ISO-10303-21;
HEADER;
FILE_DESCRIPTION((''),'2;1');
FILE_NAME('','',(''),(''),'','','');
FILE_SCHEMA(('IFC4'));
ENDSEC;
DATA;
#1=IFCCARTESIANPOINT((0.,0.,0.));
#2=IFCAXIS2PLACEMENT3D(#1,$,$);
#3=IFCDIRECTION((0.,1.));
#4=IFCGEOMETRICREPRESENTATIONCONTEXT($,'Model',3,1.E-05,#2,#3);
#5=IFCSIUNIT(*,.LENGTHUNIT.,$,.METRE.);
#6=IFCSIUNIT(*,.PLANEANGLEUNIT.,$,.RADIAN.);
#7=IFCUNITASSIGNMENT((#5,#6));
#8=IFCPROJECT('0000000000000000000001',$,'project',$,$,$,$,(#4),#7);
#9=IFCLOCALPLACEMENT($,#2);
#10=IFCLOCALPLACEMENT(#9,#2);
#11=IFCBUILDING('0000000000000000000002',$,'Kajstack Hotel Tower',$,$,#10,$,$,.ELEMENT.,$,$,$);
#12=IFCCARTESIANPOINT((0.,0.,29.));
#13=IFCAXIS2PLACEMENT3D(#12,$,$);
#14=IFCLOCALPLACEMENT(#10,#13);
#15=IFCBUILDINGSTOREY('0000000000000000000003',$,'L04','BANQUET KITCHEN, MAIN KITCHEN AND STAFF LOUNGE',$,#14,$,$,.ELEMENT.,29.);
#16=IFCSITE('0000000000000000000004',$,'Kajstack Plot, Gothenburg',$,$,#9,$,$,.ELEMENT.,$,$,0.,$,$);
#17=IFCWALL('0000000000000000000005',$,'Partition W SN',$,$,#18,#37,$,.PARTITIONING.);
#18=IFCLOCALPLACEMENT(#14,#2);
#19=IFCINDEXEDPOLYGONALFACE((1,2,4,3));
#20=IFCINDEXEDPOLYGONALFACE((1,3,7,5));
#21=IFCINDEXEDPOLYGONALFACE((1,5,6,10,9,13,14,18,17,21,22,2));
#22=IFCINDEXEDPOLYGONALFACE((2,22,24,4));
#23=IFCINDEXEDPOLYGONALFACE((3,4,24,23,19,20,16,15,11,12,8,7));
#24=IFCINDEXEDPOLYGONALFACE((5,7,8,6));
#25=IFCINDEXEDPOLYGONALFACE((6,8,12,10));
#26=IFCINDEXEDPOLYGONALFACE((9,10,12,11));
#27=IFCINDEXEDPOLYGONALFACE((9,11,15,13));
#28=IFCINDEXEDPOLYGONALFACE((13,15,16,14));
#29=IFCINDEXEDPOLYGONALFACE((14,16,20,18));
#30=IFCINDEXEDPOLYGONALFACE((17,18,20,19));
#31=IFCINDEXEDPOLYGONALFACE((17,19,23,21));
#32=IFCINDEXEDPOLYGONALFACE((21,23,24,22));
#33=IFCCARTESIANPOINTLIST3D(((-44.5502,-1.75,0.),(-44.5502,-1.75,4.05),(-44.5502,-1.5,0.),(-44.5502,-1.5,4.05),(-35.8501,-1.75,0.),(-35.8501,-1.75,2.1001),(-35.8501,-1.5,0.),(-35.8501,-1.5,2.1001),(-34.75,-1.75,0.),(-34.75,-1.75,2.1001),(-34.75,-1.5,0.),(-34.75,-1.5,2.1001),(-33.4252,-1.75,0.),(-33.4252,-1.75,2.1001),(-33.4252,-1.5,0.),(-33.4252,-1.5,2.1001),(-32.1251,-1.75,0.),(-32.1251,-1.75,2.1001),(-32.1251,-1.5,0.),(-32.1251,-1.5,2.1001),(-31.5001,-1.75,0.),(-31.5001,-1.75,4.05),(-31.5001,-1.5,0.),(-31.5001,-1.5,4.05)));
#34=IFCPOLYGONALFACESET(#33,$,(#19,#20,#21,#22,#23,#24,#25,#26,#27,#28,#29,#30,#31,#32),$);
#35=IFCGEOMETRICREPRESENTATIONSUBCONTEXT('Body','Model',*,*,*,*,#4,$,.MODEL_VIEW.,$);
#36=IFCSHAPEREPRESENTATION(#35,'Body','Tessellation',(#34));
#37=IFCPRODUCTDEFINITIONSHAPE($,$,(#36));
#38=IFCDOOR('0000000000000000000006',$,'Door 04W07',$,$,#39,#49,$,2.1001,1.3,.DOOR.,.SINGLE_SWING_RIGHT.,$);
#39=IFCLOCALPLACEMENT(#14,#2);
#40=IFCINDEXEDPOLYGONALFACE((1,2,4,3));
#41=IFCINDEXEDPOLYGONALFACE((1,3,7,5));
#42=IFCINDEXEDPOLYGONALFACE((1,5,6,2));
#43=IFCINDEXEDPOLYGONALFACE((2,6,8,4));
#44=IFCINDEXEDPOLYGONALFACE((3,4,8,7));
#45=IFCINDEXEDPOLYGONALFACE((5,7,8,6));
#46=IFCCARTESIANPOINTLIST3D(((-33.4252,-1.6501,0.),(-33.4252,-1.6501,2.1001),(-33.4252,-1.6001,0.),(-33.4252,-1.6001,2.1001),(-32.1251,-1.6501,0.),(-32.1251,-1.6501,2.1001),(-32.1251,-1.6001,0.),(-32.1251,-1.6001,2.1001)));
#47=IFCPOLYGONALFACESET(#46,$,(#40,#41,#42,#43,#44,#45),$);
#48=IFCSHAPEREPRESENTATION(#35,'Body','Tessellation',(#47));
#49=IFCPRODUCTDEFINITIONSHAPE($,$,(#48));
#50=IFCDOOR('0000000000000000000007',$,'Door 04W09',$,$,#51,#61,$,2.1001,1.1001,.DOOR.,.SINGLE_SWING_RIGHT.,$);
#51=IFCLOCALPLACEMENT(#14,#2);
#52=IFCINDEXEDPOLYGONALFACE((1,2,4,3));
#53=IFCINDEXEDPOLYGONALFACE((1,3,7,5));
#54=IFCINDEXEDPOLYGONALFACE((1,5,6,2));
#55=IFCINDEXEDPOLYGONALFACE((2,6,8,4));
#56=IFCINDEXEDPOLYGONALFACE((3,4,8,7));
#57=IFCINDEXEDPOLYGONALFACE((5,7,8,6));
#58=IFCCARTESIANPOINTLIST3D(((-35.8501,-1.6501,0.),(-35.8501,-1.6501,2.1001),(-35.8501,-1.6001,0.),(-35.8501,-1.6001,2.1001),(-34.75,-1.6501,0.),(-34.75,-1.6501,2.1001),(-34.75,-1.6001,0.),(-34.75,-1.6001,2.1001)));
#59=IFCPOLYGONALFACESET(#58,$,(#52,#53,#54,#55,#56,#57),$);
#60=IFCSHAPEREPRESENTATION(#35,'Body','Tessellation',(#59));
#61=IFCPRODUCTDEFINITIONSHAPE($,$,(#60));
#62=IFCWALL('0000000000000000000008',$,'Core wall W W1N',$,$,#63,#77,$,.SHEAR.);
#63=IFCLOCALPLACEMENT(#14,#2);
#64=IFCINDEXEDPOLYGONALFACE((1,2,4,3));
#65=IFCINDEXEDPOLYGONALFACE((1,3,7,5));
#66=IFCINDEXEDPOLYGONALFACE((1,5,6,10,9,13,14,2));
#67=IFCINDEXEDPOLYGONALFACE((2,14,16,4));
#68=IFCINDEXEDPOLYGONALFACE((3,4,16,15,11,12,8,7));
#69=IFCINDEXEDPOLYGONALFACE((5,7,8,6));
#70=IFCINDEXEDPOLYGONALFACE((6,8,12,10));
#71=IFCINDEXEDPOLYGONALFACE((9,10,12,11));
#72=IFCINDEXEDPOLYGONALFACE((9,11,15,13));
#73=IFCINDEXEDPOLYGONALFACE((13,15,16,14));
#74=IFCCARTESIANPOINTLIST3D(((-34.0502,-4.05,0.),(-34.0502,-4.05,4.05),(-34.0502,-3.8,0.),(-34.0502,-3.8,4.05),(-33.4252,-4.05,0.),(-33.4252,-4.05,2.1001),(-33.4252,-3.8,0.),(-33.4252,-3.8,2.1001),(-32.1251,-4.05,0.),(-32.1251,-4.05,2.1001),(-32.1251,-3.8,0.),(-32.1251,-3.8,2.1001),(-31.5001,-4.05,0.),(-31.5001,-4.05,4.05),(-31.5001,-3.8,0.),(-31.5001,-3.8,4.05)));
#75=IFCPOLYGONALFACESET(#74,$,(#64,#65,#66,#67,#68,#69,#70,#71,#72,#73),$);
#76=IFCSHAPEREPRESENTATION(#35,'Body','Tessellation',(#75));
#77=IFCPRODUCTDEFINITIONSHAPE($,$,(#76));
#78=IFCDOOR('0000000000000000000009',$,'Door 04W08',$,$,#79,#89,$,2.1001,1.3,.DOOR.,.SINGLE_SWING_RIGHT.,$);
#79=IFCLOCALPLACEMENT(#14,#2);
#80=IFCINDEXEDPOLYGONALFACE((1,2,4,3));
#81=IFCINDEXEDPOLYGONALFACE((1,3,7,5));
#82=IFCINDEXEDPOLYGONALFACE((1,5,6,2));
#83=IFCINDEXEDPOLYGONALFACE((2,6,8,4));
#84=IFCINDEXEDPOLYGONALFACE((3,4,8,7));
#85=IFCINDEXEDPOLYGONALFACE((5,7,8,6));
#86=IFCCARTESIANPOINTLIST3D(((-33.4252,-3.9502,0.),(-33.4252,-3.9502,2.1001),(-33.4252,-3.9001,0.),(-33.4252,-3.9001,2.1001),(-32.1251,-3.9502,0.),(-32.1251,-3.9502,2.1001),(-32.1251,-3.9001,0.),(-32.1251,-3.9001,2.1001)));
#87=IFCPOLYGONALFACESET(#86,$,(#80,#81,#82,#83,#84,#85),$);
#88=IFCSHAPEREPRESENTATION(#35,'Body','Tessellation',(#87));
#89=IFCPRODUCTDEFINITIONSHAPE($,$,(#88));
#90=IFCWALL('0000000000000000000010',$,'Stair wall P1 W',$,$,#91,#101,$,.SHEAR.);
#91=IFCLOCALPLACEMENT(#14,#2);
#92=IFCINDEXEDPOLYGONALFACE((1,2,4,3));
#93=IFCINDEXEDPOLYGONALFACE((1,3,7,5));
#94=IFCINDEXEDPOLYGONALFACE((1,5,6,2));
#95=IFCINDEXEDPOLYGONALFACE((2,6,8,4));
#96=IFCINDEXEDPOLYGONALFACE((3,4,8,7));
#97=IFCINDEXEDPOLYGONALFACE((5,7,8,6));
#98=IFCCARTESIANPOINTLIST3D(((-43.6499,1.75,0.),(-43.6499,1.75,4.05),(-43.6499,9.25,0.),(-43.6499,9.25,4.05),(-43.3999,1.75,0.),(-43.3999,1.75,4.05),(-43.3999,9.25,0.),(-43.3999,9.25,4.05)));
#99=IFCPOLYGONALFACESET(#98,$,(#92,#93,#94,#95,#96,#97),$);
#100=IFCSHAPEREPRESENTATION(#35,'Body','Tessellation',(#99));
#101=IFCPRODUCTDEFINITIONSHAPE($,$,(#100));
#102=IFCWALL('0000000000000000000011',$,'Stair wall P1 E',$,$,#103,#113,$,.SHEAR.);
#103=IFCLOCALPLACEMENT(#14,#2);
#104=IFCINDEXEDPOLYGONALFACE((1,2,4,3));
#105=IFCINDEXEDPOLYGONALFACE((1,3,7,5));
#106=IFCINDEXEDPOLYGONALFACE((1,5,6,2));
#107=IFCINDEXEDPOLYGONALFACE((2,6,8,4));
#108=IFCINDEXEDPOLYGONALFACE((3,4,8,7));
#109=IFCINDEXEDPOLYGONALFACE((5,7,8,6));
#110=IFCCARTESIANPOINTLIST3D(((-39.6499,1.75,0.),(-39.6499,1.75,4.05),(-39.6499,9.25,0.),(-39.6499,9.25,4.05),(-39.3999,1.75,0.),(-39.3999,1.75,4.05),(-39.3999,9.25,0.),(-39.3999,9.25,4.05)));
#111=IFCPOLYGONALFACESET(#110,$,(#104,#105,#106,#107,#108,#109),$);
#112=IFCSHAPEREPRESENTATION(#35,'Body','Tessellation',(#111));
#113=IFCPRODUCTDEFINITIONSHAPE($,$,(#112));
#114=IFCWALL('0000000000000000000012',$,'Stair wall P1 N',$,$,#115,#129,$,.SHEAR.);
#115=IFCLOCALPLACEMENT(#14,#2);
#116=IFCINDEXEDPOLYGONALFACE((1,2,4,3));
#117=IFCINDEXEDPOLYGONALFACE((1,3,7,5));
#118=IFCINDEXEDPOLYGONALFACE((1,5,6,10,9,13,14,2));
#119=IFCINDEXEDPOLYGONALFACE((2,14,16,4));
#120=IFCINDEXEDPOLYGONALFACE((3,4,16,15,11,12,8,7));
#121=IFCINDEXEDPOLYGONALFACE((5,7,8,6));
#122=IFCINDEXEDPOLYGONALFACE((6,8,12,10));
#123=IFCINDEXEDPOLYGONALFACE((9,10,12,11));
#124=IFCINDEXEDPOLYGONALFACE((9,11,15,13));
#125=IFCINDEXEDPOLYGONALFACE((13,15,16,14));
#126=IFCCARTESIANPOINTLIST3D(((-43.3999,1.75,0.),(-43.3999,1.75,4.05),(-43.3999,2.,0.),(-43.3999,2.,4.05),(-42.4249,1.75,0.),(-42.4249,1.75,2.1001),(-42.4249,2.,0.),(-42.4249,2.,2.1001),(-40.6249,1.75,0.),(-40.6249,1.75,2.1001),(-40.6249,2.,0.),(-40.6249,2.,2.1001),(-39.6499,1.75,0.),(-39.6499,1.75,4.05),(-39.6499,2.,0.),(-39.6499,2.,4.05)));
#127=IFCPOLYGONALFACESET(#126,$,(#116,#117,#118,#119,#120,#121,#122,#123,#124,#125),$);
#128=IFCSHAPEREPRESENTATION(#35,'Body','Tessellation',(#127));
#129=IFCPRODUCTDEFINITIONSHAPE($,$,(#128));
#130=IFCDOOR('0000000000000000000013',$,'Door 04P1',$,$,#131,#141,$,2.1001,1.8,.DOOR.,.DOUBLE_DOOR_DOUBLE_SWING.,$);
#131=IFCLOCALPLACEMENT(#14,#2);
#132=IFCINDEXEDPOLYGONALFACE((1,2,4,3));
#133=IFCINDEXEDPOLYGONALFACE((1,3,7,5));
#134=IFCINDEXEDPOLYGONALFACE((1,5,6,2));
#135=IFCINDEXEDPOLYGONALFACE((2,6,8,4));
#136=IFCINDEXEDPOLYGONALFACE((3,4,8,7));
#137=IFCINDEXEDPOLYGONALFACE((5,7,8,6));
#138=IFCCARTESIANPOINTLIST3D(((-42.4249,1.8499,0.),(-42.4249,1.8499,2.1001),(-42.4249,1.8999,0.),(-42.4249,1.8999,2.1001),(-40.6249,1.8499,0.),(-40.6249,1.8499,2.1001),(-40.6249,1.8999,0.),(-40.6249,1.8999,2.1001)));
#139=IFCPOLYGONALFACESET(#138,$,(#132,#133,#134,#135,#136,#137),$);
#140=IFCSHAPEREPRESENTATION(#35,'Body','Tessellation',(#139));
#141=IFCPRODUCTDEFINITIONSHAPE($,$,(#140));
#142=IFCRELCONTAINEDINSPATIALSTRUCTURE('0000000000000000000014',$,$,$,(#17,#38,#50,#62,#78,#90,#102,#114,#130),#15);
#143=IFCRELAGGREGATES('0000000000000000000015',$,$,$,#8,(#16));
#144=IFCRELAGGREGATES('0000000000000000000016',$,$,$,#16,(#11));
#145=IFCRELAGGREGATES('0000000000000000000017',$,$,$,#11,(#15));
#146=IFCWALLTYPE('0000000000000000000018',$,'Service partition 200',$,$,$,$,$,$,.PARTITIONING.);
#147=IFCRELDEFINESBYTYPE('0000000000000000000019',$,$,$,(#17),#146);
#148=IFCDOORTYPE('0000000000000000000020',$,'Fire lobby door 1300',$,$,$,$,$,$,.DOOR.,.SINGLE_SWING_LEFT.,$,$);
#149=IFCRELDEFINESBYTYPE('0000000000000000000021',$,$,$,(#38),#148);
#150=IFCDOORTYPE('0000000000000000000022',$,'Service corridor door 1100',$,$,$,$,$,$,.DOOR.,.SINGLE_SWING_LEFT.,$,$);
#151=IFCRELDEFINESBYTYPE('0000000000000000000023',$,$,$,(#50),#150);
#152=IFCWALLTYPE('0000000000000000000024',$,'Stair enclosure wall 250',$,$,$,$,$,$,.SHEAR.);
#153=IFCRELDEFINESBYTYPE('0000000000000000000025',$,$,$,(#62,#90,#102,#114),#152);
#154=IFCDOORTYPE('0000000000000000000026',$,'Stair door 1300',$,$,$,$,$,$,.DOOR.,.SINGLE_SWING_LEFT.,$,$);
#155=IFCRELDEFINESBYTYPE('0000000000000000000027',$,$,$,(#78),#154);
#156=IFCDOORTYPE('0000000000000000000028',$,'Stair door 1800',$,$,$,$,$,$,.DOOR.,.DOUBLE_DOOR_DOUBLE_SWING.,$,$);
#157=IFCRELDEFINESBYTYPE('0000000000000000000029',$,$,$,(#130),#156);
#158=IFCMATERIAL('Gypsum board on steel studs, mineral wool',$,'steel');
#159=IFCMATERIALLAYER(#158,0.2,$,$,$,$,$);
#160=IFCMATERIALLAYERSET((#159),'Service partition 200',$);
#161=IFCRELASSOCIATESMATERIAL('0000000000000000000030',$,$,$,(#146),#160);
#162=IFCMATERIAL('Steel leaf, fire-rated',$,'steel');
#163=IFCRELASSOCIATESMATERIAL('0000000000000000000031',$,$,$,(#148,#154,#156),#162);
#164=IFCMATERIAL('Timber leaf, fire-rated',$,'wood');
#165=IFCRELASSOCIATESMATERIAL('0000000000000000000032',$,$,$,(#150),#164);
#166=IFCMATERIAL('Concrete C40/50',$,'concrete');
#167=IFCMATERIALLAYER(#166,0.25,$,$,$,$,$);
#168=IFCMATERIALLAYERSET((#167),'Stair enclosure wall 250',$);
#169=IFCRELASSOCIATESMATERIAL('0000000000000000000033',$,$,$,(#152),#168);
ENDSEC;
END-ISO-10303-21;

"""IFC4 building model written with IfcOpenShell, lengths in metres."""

from ifc_helpers import new_model, si_unit, direction, frame, frame_2d, origin, place, context, subcontext, project, spatial, rectangle, extrude, material, layer, layer_set, type_object, element, fill, save


model = new_model("IFC4")

# Units and contexts
model_context = context("Model", 3, precision=1e-05, world=origin(), true_north=direction((0.0, 1.0)))
body_context = subcontext(model_context, "Body", "Model", "MODEL_VIEW")
ifc_project = project(units=[si_unit("LENGTHUNIT", "METRE"), si_unit("PLANEANGLEUNIT", "RADIAN")], contexts=[model_context])

# Site, building, storey
site_placement = place(None, origin())
site = spatial("IfcSite", under=ifc_project, at=site_placement, Name="Kajstack Plot, Gothenburg", CompositionType="ELEMENT", RefElevation=0.0)
building_placement = place(site_placement, origin())
building = spatial("IfcBuilding", under=site, at=building_placement, Name="Kajstack Hotel Tower", CompositionType="ELEMENT")
storey_placement = place(building_placement, frame((0.0, 0.0, 29.0)))
storey = spatial("IfcBuildingStorey", under=building, at=storey_placement, Name="L04", Description="BANQUET KITCHEN, MAIN KITCHEN AND STAFF LOUNGE", CompositionType="ELEMENT", Elevation=29.0)

# Shared definitions
ifc_material_1 = material(Name="Gypsum board on steel studs, mineral wool", Category="steel")

# Shared definitions
ifc_material_2 = material(Name="Timber leaf, fire-rated", Category="wood")

# Wall, openings, doors
ifc_layer_1 = layer(ifc_material_1, 0.2)
ifc_layer_set_1 = layer_set([ifc_layer_1], Name="Service partition 200")
wall_type_1 = type_object("IfcWallType", Name="Service partition 200", PredefinedType="PARTITIONING", material=ifc_layer_set_1)
wall_1_placement = place(storey_placement, frame((-44.55, -1.625, 0.0), z_axis=(0.0, 0.0, 1.0), x_axis=(1.0, 0.0, 0.0)))
wall_1 = element("IfcWall", 1, at=wall_1_placement, inside=storey, type_object=wall_type_1, Name="Partition W SN", PredefinedType="PARTITIONING", context=body_context, shape_type="SweptSolid", body=[
    extrude(rectangle(XDim=13.05, YDim=0.25, at=frame_2d((6.5249, 0.0))), origin(), (0.0, 0.0, 1.0), 4.05),
])
opening_1_placement = place(wall_1_placement, frame((11.125, 0.0, 0.0)))
opening_1 = element("IfcOpeningElement", 2, at=opening_1_placement, cuts=wall_1, PredefinedType="OPENING", context=body_context, shape_type="SweptSolid", body=[
    extrude(rectangle(XDim=1.3, YDim=2.1001, at=frame_2d((0.6499, 1.05))), frame((0.0, 0.135, 0.0), z_axis=(0.0, -1.0, 0.0), x_axis=(1.0, 0.0, 0.0)), (0.0, 0.0, 1.0), 0.27),
])
opening_2_placement = place(wall_1_placement, frame((8.7, 0.0, 0.0)))
opening_2 = element("IfcOpeningElement", 3, at=opening_2_placement, cuts=wall_1, PredefinedType="OPENING", context=body_context, shape_type="SweptSolid", body=[
    extrude(rectangle(XDim=1.1001, YDim=2.1001, at=frame_2d((0.55, 1.05))), frame((0.0, 0.135, 0.0), z_axis=(0.0, -1.0, 0.0), x_axis=(1.0, 0.0, 0.0)), (0.0, 0.0, 1.0), 0.27),
])
ifc_material_3 = material(Name="Steel leaf, fire-rated", Category="steel")
door_type_1 = type_object("IfcDoorType", Name="Fire lobby door 1300", OperationType="SINGLE_SWING_LEFT", PredefinedType="DOOR", material=ifc_material_3)
door_1_placement = place(opening_1_placement, origin())
door_1 = element("IfcDoor", 4, at=door_1_placement, inside=storey, type_object=door_type_1, Name="Door 04W07", OperationType="SINGLE_SWING_RIGHT", OverallHeight=2.1001, OverallWidth=1.3, PredefinedType="DOOR", context=body_context, shape_type="SweptSolid", body=[
    extrude(rectangle(XDim=1.3, YDim=2.1001, at=frame_2d((0.6499, 1.05))), frame((0.0, 0.0249, 0.0), z_axis=(0.0, -1.0, 0.0), x_axis=(1.0, 0.0, 0.0)), (0.0, 0.0, 1.0), 0.05),
])
fill(opening_1, door_1)
door_type_2 = type_object("IfcDoorType", Name="Service corridor door 1100", OperationType="SINGLE_SWING_LEFT", PredefinedType="DOOR", material=ifc_material_2)
door_2_placement = place(opening_2_placement, origin())
door_2 = element("IfcDoor", 5, at=door_2_placement, inside=storey, type_object=door_type_2, Name="Door 04W09", OperationType="SINGLE_SWING_RIGHT", OverallHeight=2.1001, OverallWidth=1.1001, PredefinedType="DOOR", context=body_context, shape_type="SweptSolid", body=[
    extrude(rectangle(XDim=1.1001, YDim=2.1001, at=frame_2d((0.55, 1.05))), frame((0.0, 0.0249, 0.0), z_axis=(0.0, -1.0, 0.0), x_axis=(1.0, 0.0, 0.0)), (0.0, 0.0, 1.0), 0.05),
])
fill(opening_2, door_2)

# Wall, opening, door
ifc_material_4 = material(Name="Concrete C40/50", Category="concrete")
ifc_layer_2 = layer(ifc_material_4, 0.25)
ifc_layer_set_2 = layer_set([ifc_layer_2], Name="Stair enclosure wall 250")
wall_type_2 = type_object("IfcWallType", Name="Stair enclosure wall 250", PredefinedType="SHEAR", material=ifc_layer_set_2)
wall_2_placement = place(storey_placement, frame((-34.05, -3.925, 0.0), z_axis=(0.0, 0.0, 1.0), x_axis=(1.0, 0.0, 0.0)))
wall_2 = element("IfcWall", 6, at=wall_2_placement, inside=storey, type_object=wall_type_2, Name="Core wall W W1N", PredefinedType="SHEAR", context=body_context, shape_type="SweptSolid", body=[
    extrude(rectangle(XDim=2.55, YDim=0.25, at=frame_2d((1.2749, 0.0))), origin(), (0.0, 0.0, 1.0), 4.05),
])
opening_3_placement = place(wall_2_placement, frame((0.625, 0.0, 0.0)))
opening_3 = element("IfcOpeningElement", 7, at=opening_3_placement, cuts=wall_2, PredefinedType="OPENING", context=body_context, shape_type="SweptSolid", body=[
    extrude(rectangle(XDim=1.3, YDim=2.1001, at=frame_2d((0.6499, 1.05))), frame((0.0, 0.135, 0.0), z_axis=(0.0, -1.0, 0.0), x_axis=(1.0, 0.0, 0.0)), (0.0, 0.0, 1.0), 0.27),
])
door_type_3 = type_object("IfcDoorType", Name="Stair door 1300", OperationType="SINGLE_SWING_LEFT", PredefinedType="DOOR", material=ifc_material_3)
door_3_placement = place(opening_3_placement, origin())
door_3 = element("IfcDoor", 8, at=door_3_placement, inside=storey, type_object=door_type_3, Name="Door 04W08", OperationType="SINGLE_SWING_RIGHT", OverallHeight=2.1001, OverallWidth=1.3, PredefinedType="DOOR", context=body_context, shape_type="SweptSolid", body=[
    extrude(rectangle(XDim=1.3, YDim=2.1001, at=frame_2d((0.6499, 1.05))), frame((0.0, 0.0249, 0.0), z_axis=(0.0, -1.0, 0.0), x_axis=(1.0, 0.0, 0.0)), (0.0, 0.0, 1.0), 0.05),
])
fill(opening_3, door_3)

# Walls
for number, where, z_axis, x_axis, name in (
    (9, (-43.5249, 1.75, 0.0), (0.0, 0.0, 1.0), (0.0, 1.0, 0.0), "Stair wall P1 W"),
    (10, (-39.5249, 1.75, 0.0), (0.0, 0.0, 1.0), (0.0, 1.0, 0.0), "Stair wall P1 E"),
):
    element("IfcWall", number, at=place(storey_placement, frame(where, z_axis=z_axis, x_axis=x_axis)), inside=storey, type_object=wall_type_2, Name=name, PredefinedType="SHEAR", context=body_context, shape_type="SweptSolid", body=[
        extrude(rectangle(XDim=7.5, YDim=0.25, at=frame_2d((3.75, 0.0))), origin(), (0.0, 0.0, 1.0), 4.05),
    ])

# Wall, opening, door
wall_3_placement = place(storey_placement, frame((-43.3999, 1.875, 0.0), z_axis=(0.0, 0.0, 1.0), x_axis=(1.0, 0.0, 0.0)))
wall_3 = element("IfcWall", 11, at=wall_3_placement, inside=storey, type_object=wall_type_2, Name="Stair wall P1 N", PredefinedType="SHEAR", context=body_context, shape_type="SweptSolid", body=[
    extrude(rectangle(XDim=3.75, YDim=0.25, at=frame_2d((1.875, 0.0))), origin(), (0.0, 0.0, 1.0), 4.05),
])
opening_4_placement = place(wall_3_placement, frame((0.9751, 0.0, 0.0)))
opening_4 = element("IfcOpeningElement", 12, at=opening_4_placement, cuts=wall_3, PredefinedType="OPENING", context=body_context, shape_type="SweptSolid", body=[
    extrude(rectangle(XDim=1.8, YDim=2.1001, at=frame_2d((0.8999, 1.05))), frame((0.0, 0.135, 0.0), z_axis=(0.0, -1.0, 0.0), x_axis=(1.0, 0.0, 0.0)), (0.0, 0.0, 1.0), 0.27),
])
door_type_4 = type_object("IfcDoorType", Name="Stair door 1800", OperationType="DOUBLE_DOOR_DOUBLE_SWING", PredefinedType="DOOR", material=ifc_material_3)
door_4_placement = place(opening_4_placement, origin())
door_4 = element("IfcDoor", 13, at=door_4_placement, inside=storey, type_object=door_type_4, Name="Door 04P1", OperationType="DOUBLE_DOOR_DOUBLE_SWING", OverallHeight=2.1001, OverallWidth=1.8, PredefinedType="DOOR", context=body_context, shape_type="SweptSolid", body=[
    extrude(rectangle(XDim=1.8, YDim=2.1001, at=frame_2d((0.8999, 1.05))), frame((0.0, 0.0249, 0.0), z_axis=(0.0, -1.0, 0.0), x_axis=(1.0, 0.0, 0.0)), (0.0, 0.0, 1.0), 0.05),
])
fill(opening_4, door_4)

save(model, "model.ifc")
